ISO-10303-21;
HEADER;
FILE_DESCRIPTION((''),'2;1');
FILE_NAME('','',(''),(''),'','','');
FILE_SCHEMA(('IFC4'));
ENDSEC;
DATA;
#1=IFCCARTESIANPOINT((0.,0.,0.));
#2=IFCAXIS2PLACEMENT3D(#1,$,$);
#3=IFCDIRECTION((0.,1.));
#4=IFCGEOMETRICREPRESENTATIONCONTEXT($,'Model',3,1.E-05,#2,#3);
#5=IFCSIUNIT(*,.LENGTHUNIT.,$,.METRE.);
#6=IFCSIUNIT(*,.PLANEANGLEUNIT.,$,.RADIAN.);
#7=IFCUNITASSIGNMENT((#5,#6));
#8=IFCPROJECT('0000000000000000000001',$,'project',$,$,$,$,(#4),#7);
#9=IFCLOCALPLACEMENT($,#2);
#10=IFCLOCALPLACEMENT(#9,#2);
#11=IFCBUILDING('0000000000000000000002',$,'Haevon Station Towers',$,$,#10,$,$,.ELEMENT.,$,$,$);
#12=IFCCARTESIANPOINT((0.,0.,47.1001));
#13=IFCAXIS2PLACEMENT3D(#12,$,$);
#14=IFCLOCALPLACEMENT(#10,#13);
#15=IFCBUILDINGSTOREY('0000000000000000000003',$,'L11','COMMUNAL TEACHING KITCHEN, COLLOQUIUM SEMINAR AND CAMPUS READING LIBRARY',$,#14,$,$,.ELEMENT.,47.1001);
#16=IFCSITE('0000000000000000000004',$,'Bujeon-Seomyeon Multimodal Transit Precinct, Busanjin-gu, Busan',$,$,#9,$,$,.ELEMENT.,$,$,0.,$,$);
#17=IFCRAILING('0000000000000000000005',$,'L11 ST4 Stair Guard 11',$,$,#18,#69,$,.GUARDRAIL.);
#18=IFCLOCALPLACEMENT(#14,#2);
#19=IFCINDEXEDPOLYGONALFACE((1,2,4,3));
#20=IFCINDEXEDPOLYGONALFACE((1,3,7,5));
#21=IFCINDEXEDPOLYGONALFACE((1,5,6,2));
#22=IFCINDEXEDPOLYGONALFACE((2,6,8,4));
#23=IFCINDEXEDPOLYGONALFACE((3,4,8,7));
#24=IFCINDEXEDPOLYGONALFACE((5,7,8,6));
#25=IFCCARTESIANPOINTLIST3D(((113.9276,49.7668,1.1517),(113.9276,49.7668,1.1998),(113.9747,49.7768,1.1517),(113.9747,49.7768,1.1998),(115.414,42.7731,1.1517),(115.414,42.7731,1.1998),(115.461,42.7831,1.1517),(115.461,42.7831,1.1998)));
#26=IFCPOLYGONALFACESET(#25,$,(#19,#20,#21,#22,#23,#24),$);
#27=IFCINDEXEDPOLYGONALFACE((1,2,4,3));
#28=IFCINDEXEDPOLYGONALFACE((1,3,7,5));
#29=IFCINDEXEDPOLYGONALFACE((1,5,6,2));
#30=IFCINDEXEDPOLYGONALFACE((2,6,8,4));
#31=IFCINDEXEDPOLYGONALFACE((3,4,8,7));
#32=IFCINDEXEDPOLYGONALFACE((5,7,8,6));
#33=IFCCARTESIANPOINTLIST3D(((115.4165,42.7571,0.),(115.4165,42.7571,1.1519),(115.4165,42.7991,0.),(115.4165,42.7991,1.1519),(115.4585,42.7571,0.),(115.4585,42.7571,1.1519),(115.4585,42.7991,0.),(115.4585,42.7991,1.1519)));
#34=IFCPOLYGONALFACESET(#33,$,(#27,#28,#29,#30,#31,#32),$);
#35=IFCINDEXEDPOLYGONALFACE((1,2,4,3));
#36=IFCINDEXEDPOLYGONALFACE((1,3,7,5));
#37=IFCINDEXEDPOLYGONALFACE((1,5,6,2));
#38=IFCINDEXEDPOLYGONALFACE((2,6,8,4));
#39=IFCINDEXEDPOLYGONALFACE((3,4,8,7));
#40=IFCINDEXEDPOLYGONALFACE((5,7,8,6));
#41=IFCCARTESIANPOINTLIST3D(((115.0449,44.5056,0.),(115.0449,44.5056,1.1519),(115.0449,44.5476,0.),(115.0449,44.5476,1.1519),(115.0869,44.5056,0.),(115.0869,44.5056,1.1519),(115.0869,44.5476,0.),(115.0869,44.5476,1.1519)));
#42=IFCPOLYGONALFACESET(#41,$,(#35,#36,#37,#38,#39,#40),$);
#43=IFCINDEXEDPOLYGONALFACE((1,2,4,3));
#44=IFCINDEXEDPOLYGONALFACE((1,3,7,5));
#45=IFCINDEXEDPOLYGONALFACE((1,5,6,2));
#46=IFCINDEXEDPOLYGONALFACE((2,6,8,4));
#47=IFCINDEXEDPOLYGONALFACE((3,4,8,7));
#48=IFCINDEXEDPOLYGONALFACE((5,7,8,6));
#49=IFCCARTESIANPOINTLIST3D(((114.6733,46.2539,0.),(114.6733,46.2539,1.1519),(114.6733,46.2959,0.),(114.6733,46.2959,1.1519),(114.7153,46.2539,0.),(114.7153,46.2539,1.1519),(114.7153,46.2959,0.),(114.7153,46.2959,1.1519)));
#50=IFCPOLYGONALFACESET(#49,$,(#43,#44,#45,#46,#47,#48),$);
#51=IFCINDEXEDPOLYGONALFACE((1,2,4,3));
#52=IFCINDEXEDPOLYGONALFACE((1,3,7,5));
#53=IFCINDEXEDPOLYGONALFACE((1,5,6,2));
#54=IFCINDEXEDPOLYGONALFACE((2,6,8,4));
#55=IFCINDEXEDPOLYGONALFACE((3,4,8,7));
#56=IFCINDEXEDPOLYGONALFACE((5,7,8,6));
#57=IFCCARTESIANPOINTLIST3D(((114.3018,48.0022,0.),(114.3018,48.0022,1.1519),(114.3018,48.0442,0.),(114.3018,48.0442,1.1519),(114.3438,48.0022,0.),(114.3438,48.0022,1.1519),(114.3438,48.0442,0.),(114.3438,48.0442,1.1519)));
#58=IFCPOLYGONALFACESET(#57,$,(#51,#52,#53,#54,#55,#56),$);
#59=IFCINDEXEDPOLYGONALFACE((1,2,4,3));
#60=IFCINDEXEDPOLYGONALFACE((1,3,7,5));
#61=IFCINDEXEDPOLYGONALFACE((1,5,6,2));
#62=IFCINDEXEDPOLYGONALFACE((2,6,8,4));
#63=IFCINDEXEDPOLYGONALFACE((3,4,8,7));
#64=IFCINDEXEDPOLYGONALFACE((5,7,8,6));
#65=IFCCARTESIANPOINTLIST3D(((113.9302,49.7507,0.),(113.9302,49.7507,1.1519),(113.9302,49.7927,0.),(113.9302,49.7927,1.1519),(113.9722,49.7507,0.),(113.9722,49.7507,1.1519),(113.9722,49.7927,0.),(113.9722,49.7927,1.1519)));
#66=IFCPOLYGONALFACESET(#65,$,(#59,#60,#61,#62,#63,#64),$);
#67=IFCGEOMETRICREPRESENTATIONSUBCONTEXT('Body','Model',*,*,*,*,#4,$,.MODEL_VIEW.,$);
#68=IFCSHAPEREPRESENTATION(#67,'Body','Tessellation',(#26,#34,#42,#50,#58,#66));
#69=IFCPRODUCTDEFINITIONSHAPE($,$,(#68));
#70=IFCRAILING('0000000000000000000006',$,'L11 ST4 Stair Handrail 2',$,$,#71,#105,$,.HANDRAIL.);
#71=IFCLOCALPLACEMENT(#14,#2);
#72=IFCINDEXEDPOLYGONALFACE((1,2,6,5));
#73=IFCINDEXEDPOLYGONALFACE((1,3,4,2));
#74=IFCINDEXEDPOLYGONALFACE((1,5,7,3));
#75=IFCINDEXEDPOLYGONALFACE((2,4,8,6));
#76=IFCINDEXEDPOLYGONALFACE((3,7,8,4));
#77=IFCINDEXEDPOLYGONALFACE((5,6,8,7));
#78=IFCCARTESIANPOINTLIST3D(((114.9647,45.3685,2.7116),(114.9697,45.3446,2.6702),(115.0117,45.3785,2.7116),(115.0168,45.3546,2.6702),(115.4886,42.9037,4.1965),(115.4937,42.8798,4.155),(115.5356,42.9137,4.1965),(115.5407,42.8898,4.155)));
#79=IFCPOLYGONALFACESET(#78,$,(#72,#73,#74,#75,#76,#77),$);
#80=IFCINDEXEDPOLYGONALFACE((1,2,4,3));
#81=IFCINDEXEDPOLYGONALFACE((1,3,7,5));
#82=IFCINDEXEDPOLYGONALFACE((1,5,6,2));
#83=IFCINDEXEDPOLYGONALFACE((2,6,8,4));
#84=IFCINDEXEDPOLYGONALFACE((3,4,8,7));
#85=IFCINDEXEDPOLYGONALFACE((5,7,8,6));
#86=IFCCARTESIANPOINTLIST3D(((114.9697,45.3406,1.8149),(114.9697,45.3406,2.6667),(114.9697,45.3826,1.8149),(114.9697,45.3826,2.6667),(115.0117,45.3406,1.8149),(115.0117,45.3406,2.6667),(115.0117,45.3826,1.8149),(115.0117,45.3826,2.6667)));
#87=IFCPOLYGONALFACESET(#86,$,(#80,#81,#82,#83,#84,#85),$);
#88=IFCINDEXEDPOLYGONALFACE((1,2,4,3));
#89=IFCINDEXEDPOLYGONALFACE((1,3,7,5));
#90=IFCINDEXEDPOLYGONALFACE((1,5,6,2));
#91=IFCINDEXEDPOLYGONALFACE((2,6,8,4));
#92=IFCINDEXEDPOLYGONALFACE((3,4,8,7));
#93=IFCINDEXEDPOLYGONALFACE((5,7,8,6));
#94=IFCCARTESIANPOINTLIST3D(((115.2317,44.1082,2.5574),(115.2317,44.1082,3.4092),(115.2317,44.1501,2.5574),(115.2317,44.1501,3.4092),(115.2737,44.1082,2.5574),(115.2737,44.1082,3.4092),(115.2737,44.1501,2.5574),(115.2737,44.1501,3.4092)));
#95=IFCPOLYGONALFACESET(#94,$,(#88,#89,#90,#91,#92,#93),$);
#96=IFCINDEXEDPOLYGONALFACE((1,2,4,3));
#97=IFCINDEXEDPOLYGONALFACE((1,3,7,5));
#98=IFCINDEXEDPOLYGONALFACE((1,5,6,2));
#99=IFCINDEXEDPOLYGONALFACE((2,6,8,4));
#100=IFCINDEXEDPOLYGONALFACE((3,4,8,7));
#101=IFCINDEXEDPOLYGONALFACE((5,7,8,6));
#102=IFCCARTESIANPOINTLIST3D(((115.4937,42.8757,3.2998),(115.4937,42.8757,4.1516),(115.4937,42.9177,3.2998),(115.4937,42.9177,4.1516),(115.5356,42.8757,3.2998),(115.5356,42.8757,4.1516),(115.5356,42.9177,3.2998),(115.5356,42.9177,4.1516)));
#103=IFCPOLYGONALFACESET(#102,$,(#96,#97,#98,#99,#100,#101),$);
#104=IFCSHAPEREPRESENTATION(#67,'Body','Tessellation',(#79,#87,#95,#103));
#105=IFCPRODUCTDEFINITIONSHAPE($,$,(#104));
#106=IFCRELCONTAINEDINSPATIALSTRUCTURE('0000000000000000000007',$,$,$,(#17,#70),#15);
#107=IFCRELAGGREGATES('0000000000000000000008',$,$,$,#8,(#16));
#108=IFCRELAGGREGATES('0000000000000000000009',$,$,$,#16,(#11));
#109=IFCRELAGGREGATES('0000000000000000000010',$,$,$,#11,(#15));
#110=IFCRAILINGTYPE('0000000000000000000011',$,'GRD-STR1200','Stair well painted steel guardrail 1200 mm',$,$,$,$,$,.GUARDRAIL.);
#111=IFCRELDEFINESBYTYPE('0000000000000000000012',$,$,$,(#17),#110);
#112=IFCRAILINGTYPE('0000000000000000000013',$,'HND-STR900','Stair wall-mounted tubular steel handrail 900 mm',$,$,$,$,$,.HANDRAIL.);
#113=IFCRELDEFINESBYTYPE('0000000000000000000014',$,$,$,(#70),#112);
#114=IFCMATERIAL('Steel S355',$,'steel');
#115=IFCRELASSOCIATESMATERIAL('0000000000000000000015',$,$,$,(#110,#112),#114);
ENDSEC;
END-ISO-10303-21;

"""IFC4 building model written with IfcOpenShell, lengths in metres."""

from ifc_helpers import new_model, si_unit, direction, frame, origin, origin_2d, place, context, subcontext, project, spatial, rectangle, extrude, material, type_object, element, save


model = new_model("IFC4")

# Units and contexts
model_context = context("Model", 3, precision=1e-05, world=origin(), true_north=direction((0.0, 1.0)))
body_context = subcontext(model_context, "Body", "Model", "MODEL_VIEW")
ifc_project = project(units=[si_unit("LENGTHUNIT", "METRE"), si_unit("PLANEANGLEUNIT", "RADIAN")], contexts=[model_context])

# Site, building, storey
site_placement = place(None, origin())
site = spatial("IfcSite", under=ifc_project, at=site_placement, Name="Bujeon-Seomyeon Multimodal Transit Precinct, Busanjin-gu, Busan", CompositionType="ELEMENT", RefElevation=0.0)
building_placement = place(site_placement, origin())
building = spatial("IfcBuilding", under=site, at=building_placement, Name="Haevon Station Towers", CompositionType="ELEMENT")
storey_placement = place(building_placement, frame((0.0, 0.0, 47.1001)))
storey = spatial("IfcBuildingStorey", under=building, at=storey_placement, Name="L11", Description="COMMUNAL TEACHING KITCHEN, COLLOQUIUM SEMINAR AND CAMPUS READING LIBRARY", CompositionType="ELEMENT", Elevation=47.1001)

# Shared definitions
ifc_material_1 = material(Name="Steel S355", Category="steel")

# Railings
railing_type_1 = type_object("IfcRailingType", Name="GRD-STR1200", Description="Stair well painted steel guardrail 1200 mm", PredefinedType="GUARDRAIL", material=ifc_material_1)
railing_1_placement = place(storey_placement, frame((115.4375, 42.7781, 0.0)))
element("IfcRailing", 1, at=railing_1_placement, inside=storey, type_object=railing_type_1, Name="L11 ST4 Stair Guard 11", PredefinedType="GUARDRAIL", context=body_context, shape_type="SweptSolid", body=[
    extrude(rectangle(XDim=0.0481, YDim=0.0481, at=origin_2d()), frame((0.0, 0.0, 1.1758), z_axis=(-0.207882, 0.978154, 0.0), x_axis=(-0.978154, -0.207882, 0.0)), (0.0, 0.0, 1.0), 7.1499),
    extrude(rectangle(XDim=0.042, YDim=0.042, at=origin_2d()), origin(), (0.0, 0.0, 1.0), 1.1519),
    extrude(rectangle(XDim=0.042, YDim=0.042, at=origin_2d()), frame((-0.3716, 1.7485, 0.0)), (0.0, 0.0, 1.0), 1.1519),
    extrude(rectangle(XDim=0.042, YDim=0.042, at=origin_2d()), frame((-0.7432, 3.4968, 0.0)), (0.0, 0.0, 1.0), 1.1519),
    extrude(rectangle(XDim=0.042, YDim=0.042, at=origin_2d()), frame((-1.1147, 5.2451, 0.0)), (0.0, 0.0, 1.0), 1.1519),
    extrude(rectangle(XDim=0.042, YDim=0.042, at=origin_2d()), frame((-1.4863, 6.9937, 0.0)), (0.0, 0.0, 1.0), 1.1519),
])
railing_type_2 = type_object("IfcRailingType", Name="HND-STR900", Description="Stair wall-mounted tubular steel handrail 900 mm", PredefinedType="HANDRAIL", material=ifc_material_1)
railing_2_placement = place(storey_placement, frame((114.9907, 45.3616, 1.8149)))
element("IfcRailing", 2, at=railing_2_placement, inside=storey, type_object=railing_type_2, Name="L11 ST4 Stair Handrail 2", PredefinedType="HANDRAIL", context=body_context, shape_type="SweptSolid", body=[
    extrude(rectangle(XDim=0.0481, YDim=0.0481, at=origin_2d()), frame((0.0, 0.0, 0.876), z_axis=(0.179129, -0.842724, 0.507671), x_axis=(0.978147, 0.207914, 0.0)), (0.0, 0.0, 1.0), 2.9248),
    extrude(rectangle(XDim=0.042, YDim=0.042, at=origin_2d()), origin(), (0.0, 0.0, 1.0), 0.8518),
    extrude(rectangle(XDim=0.042, YDim=0.042, at=origin_2d()), frame((0.262, -1.2324, 0.7424)), (0.0, 0.0, 1.0), 0.8518),
    extrude(rectangle(XDim=0.042, YDim=0.042, at=origin_2d()), frame((0.5239, -2.4648, 1.4849)), (0.0, 0.0, 1.0), 0.8518),
])

save(model, "model.ifc")
